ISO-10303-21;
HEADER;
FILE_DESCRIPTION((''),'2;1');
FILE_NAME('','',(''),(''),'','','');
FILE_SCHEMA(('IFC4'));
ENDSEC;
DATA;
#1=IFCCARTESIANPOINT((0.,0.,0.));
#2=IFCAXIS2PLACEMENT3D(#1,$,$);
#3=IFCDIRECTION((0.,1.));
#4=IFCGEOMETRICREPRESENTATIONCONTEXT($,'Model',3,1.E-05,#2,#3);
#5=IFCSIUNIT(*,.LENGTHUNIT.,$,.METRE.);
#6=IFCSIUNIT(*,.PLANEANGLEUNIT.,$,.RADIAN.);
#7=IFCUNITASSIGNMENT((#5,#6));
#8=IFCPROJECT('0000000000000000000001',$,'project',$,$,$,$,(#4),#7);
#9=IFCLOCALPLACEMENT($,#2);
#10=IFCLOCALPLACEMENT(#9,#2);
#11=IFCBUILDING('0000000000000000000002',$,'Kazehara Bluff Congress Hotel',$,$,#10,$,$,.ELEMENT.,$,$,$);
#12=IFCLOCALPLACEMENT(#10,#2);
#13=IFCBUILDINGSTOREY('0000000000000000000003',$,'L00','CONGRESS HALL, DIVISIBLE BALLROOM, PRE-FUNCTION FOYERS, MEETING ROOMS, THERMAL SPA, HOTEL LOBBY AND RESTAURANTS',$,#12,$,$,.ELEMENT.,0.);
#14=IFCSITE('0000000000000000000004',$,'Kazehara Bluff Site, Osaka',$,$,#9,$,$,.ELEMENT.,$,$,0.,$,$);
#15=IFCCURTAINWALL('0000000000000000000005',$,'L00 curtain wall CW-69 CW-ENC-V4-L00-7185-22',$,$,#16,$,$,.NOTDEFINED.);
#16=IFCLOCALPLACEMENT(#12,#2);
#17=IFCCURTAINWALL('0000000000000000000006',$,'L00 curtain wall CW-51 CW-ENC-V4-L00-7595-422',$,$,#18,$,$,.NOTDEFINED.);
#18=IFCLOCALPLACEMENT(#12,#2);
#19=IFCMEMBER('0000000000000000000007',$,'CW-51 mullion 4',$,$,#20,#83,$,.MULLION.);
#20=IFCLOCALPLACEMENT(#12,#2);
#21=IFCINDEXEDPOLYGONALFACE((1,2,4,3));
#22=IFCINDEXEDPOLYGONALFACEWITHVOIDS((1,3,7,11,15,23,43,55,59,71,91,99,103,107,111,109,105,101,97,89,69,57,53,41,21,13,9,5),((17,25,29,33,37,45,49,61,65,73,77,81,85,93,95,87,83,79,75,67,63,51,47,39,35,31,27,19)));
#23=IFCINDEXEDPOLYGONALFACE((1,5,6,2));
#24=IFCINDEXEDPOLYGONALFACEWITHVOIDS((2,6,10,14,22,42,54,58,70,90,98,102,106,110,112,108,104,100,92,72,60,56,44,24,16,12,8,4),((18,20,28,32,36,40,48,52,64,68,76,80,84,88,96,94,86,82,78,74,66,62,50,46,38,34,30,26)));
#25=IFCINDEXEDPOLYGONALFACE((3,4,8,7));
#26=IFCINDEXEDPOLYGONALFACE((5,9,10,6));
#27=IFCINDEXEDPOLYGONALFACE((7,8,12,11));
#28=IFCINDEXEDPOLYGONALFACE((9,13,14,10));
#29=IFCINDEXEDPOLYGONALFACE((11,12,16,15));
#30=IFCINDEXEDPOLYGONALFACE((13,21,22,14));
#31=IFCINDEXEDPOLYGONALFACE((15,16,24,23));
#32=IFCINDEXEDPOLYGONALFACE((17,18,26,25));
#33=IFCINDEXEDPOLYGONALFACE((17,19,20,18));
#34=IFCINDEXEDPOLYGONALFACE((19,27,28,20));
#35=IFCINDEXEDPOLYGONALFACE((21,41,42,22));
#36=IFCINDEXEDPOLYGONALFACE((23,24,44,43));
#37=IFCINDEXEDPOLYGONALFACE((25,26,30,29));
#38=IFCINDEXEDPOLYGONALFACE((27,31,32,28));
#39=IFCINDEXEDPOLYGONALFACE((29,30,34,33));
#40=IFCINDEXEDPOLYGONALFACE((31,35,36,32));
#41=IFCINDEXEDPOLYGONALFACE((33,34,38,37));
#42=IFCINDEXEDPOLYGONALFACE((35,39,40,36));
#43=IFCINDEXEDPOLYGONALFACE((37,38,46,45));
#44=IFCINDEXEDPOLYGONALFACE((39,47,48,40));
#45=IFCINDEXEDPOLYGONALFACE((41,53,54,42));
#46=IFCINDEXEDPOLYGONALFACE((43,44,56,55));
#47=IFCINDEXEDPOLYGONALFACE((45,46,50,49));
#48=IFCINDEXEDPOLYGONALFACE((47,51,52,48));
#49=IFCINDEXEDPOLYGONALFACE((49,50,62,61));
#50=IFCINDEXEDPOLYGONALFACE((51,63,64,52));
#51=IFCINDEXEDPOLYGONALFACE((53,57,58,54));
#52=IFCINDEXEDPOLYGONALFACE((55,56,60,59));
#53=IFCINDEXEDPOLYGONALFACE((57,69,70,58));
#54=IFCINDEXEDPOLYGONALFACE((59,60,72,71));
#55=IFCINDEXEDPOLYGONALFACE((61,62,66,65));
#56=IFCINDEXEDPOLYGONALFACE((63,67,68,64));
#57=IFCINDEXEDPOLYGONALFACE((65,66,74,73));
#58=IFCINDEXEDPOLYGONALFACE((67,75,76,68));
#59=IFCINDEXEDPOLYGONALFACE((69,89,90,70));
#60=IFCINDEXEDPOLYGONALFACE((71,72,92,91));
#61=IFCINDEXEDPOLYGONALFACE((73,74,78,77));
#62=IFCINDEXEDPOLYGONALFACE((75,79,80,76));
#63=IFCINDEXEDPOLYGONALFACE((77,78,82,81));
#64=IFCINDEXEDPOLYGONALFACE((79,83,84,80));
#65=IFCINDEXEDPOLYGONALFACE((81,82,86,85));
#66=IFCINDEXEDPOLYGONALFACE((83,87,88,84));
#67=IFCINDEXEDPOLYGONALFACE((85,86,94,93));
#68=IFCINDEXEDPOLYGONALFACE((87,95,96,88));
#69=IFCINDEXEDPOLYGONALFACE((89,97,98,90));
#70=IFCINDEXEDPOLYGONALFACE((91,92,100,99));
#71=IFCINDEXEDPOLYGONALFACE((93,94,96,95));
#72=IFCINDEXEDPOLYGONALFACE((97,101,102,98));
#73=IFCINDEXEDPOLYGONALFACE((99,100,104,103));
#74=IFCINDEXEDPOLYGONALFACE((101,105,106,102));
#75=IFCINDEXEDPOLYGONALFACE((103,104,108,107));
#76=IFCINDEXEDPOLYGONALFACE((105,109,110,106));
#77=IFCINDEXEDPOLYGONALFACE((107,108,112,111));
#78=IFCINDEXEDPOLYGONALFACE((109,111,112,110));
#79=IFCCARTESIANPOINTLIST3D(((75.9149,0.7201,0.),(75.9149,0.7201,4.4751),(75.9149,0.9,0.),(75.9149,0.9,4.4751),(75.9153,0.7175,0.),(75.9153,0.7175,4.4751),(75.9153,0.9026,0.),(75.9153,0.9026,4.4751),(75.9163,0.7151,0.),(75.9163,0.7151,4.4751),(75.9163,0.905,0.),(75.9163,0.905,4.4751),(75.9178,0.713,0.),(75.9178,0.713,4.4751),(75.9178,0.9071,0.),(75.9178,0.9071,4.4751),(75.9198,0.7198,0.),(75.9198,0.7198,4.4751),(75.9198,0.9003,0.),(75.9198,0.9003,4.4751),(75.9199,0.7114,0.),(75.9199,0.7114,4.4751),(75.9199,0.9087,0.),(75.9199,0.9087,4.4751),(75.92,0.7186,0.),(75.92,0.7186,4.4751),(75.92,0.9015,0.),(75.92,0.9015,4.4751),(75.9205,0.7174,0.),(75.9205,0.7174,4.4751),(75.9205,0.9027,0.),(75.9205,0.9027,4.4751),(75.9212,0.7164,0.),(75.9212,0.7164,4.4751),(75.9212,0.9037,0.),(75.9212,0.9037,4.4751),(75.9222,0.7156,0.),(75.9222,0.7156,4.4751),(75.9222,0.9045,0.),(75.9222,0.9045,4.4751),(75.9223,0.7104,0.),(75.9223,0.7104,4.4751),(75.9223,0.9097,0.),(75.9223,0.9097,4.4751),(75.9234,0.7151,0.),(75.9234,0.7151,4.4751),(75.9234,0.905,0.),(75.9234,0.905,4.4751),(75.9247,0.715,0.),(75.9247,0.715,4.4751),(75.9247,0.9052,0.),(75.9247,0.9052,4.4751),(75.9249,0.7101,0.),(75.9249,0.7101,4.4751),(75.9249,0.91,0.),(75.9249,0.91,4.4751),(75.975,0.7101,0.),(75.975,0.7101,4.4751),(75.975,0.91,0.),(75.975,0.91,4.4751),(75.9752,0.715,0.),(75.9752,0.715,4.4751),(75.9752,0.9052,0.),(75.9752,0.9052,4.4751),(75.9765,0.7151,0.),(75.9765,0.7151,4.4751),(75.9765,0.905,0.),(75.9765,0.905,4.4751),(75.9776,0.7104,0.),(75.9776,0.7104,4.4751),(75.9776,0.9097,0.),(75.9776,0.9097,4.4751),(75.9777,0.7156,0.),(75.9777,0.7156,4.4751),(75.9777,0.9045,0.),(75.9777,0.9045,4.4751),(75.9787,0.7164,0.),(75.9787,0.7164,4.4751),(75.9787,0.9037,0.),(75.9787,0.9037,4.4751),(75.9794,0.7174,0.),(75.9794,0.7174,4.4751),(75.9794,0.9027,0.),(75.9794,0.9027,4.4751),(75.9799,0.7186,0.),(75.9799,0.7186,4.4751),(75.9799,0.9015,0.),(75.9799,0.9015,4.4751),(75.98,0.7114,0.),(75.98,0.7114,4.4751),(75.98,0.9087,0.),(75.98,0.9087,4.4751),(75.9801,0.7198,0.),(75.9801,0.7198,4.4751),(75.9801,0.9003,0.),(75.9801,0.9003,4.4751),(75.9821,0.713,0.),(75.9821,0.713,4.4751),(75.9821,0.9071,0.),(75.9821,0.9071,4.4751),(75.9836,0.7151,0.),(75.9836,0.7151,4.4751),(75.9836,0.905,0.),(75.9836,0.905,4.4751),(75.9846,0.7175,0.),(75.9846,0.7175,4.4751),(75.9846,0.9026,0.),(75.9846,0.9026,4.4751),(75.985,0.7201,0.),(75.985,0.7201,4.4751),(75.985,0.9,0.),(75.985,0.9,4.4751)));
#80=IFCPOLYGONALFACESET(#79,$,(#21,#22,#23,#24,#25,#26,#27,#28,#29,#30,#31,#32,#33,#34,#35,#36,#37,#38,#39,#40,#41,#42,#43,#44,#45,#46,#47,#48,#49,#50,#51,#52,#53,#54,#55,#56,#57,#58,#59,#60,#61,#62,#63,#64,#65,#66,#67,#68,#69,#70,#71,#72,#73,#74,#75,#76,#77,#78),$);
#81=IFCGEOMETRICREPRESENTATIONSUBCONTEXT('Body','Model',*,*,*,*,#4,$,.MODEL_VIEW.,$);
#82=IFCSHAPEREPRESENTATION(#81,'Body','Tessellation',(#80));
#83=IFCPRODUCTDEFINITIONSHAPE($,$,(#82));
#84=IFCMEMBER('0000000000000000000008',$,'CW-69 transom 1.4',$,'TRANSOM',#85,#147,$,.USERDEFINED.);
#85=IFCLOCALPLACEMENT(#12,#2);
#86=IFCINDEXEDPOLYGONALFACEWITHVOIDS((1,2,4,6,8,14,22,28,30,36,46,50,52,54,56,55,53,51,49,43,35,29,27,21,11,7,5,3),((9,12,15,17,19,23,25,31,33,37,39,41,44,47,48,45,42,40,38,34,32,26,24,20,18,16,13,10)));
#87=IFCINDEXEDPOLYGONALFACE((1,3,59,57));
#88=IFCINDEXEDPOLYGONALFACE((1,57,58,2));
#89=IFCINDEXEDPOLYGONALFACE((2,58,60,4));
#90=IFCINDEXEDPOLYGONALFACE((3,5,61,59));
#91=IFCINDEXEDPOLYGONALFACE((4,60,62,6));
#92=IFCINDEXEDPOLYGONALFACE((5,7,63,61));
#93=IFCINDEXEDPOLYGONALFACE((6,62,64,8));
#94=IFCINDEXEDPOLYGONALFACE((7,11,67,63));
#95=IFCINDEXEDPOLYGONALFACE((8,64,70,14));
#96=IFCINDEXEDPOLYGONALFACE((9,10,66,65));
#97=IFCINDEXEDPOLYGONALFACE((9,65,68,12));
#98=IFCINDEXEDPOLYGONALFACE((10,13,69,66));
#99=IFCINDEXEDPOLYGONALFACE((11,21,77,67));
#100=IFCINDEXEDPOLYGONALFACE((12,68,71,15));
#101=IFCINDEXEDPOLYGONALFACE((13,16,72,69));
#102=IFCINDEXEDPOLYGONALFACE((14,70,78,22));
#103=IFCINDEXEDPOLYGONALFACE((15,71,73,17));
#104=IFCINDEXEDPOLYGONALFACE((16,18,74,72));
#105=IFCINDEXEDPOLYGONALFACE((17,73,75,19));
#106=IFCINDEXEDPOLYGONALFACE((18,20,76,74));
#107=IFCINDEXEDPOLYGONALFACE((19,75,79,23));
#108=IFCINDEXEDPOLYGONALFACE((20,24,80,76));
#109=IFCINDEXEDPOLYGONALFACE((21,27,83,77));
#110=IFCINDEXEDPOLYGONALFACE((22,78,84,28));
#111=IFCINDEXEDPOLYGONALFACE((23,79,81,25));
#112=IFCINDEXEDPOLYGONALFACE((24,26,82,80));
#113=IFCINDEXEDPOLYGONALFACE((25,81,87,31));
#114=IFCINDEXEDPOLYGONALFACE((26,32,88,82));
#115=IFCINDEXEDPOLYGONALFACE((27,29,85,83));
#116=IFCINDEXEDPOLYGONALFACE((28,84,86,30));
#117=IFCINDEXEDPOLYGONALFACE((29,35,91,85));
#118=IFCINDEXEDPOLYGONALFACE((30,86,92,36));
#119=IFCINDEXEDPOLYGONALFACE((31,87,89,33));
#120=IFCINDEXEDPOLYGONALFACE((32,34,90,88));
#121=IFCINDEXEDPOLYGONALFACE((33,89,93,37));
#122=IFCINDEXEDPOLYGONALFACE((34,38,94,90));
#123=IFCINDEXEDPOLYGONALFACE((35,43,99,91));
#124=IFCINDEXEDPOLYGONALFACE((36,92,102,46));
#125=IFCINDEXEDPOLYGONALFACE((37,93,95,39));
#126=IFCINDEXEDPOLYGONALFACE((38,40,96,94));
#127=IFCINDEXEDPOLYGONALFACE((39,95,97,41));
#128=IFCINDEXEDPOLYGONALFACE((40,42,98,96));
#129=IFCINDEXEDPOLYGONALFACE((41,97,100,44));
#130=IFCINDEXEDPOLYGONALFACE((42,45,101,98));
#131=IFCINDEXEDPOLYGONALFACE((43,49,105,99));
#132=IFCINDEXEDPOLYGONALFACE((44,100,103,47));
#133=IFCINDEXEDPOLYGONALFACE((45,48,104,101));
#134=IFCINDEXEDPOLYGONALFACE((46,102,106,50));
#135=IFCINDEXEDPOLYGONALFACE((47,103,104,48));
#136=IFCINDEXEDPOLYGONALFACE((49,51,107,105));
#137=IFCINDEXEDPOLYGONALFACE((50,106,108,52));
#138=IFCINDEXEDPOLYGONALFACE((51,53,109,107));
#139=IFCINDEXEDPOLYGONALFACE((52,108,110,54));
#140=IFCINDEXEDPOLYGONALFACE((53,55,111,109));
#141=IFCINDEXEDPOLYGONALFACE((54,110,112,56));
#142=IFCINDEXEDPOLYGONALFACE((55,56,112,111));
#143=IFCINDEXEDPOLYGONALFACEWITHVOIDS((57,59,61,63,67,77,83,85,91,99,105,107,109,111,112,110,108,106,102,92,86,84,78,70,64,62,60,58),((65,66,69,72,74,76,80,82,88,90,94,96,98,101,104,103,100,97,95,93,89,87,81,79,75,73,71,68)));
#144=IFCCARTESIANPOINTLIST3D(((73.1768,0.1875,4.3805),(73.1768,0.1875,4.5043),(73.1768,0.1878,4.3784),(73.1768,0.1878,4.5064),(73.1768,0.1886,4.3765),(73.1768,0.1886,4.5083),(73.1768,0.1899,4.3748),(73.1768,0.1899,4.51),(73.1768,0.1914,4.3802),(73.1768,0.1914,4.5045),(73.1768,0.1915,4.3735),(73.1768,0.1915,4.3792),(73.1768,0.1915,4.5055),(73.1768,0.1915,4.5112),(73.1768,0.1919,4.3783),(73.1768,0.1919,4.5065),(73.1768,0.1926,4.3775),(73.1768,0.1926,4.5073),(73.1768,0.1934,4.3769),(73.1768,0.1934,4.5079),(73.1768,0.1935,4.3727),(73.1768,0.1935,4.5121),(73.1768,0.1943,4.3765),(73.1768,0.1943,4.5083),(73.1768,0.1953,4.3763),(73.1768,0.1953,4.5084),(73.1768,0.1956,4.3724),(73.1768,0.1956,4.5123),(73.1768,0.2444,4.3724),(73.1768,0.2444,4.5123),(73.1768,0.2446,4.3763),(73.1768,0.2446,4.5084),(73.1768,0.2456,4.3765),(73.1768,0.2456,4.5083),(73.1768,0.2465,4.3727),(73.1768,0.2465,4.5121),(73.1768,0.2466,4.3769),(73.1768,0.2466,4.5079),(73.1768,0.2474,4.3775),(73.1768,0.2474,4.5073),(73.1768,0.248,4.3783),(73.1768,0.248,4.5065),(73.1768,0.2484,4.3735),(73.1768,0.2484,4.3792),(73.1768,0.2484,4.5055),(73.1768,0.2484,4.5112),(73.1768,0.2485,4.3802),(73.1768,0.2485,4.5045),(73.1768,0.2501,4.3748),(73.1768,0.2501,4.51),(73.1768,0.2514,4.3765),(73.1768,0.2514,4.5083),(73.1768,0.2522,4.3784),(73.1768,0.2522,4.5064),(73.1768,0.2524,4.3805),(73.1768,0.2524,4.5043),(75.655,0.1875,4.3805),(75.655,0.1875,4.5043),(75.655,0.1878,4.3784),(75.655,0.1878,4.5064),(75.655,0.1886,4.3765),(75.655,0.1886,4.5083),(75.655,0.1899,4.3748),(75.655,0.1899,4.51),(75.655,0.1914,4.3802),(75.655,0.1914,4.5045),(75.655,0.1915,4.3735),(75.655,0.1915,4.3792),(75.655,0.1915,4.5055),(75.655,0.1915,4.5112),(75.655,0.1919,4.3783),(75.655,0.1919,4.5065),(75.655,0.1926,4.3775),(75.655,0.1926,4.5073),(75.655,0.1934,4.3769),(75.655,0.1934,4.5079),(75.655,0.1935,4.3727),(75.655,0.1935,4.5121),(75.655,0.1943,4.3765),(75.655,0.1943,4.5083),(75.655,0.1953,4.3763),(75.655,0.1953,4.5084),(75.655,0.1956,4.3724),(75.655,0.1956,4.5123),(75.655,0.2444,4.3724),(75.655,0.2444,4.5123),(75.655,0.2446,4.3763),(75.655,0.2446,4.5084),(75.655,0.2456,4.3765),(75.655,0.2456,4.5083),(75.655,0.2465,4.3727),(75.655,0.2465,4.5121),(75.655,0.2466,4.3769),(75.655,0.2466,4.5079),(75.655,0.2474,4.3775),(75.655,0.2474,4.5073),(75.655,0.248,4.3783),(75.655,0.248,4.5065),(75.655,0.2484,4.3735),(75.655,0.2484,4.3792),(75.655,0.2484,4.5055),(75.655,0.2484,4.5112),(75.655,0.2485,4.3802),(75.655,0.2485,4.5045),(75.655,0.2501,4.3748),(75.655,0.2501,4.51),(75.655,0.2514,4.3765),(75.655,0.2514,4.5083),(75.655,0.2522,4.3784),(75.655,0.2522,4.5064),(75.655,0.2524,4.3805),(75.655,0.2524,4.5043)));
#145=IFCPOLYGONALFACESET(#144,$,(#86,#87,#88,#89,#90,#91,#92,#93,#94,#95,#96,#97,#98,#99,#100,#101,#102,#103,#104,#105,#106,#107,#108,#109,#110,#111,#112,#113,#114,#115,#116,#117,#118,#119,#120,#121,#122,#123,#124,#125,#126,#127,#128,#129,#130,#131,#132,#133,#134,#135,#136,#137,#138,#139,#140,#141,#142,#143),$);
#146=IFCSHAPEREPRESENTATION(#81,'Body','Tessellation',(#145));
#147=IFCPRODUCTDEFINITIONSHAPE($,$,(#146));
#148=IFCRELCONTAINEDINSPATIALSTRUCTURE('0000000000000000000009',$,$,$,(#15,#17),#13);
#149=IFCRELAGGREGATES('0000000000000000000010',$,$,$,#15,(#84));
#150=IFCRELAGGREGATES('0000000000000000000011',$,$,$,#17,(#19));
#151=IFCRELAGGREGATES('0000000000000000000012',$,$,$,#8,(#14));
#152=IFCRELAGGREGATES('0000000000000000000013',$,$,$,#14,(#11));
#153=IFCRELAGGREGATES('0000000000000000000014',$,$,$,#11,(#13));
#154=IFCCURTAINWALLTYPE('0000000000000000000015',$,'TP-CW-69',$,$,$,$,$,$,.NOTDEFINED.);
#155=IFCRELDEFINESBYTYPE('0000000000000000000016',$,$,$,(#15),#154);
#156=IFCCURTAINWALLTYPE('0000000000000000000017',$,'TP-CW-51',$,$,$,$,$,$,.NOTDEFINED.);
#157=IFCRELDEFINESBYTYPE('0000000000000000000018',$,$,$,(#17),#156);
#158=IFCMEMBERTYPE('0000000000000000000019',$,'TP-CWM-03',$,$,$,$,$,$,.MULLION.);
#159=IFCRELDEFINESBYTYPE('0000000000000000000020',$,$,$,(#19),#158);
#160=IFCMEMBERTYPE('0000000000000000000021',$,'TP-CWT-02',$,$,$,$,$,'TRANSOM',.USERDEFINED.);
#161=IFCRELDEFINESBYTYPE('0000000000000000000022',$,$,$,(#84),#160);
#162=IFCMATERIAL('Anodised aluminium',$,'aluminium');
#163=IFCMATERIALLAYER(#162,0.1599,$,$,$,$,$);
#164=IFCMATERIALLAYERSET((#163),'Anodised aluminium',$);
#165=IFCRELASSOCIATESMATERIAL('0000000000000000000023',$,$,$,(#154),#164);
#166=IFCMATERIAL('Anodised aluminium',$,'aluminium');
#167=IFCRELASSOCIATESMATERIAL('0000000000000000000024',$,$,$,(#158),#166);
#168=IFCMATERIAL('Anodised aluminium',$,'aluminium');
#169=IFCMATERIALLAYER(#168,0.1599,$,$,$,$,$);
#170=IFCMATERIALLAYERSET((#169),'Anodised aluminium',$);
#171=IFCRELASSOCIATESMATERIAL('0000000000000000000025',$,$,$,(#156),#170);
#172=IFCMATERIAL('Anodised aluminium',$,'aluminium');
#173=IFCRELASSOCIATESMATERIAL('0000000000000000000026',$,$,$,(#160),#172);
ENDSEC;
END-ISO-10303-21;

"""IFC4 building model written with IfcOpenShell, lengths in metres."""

from ifc_helpers import new_model, si_unit, direction, frame, origin, origin_2d, place, context, subcontext, project, spatial, hollow_rectangle, extrude, material, layer, layer_set, material_profile, profile_set, type_object, element, aggregate, save


model = new_model("IFC4")

# Units and contexts
model_context = context("Model", 3, precision=1e-05, world=origin(), true_north=direction((0.0, 1.0)))
body_context = subcontext(model_context, "Body", "Model", "MODEL_VIEW")
ifc_project = project(units=[si_unit("LENGTHUNIT", "METRE"), si_unit("PLANEANGLEUNIT", "RADIAN")], contexts=[model_context])

# Site, building, storey
site_placement = place(None, origin())
site = spatial("IfcSite", under=ifc_project, at=site_placement, Name="Kazehara Bluff Site, Osaka", CompositionType="ELEMENT", RefElevation=0.0)
building_placement = place(site_placement, origin())
building = spatial("IfcBuilding", under=site, at=building_placement, Name="Kazehara Bluff Congress Hotel", CompositionType="ELEMENT")
storey_placement = place(building_placement, origin())
storey = spatial("IfcBuildingStorey", under=building, at=storey_placement, Name="L00", Description="CONGRESS HALL, DIVISIBLE BALLROOM, PRE-FUNCTION FOYERS, MEETING ROOMS, THERMAL SPA, HOTEL LOBBY AND RESTAURANTS", CompositionType="ELEMENT", Elevation=0.0)

# Curtain wall
ifc_material_1 = material(Name="Anodised aluminium", Category="aluminium")
ifc_layer_1 = layer(ifc_material_1, 0.1599)
ifc_layer_set_1 = layer_set([ifc_layer_1], Name="Anodised aluminium")
curtain_wall_type_1 = type_object("IfcCurtainWallType", Name="TP-CW-69", PredefinedType="NOTDEFINED", material=ifc_layer_set_1)
curtain_wall_1_placement = place(storey_placement, origin())
curtain_wall_1 = element("IfcCurtainWall", 1, at=curtain_wall_1_placement, inside=storey, type_object=curtain_wall_type_1, Name="L00 curtain wall CW-69 CW-ENC-V4-L00-7185-22", PredefinedType="NOTDEFINED")
ifc_material_2 = material(Name="Anodised aluminium", Category="aluminium")
ifc_material_profile_1 = material_profile(ifc_material_2, hollow_rectangle(XDim=0.0701, YDim=0.2, WallThickness=0.0049, InnerFilletRadius=0.0049, OuterFilletRadius=0.01, at=origin_2d()))
ifc_profile_set_1 = profile_set([ifc_material_profile_1], Name="Anodised aluminium")
member_type_1 = type_object("IfcMemberType", Name="TP-CWM-03", PredefinedType="MULLION", material=ifc_profile_set_1)

# Curtain wall, member
ifc_material_3 = material(Name="Anodised aluminium", Category="aluminium")
ifc_layer_2 = layer(ifc_material_3, 0.1599)
ifc_layer_set_2 = layer_set([ifc_layer_2], Name="Anodised aluminium")
curtain_wall_type_2 = type_object("IfcCurtainWallType", Name="TP-CW-51", PredefinedType="NOTDEFINED", material=ifc_layer_set_2)
curtain_wall_2_placement = place(storey_placement, origin())
curtain_wall_2 = element("IfcCurtainWall", 2, at=curtain_wall_2_placement, inside=storey, type_object=curtain_wall_type_2, Name="L00 curtain wall CW-51 CW-ENC-V4-L00-7595-422", PredefinedType="NOTDEFINED")
member_1_placement = place(storey_placement, frame((75.95, 0.8101, 0.0), z_axis=(0.0, 0.0, 1.0), x_axis=(1.0, 0.0, 0.0)))
member_1 = element("IfcMember", 3, at=member_1_placement, type_object=member_type_1, Name="CW-51 mullion 4", PredefinedType="MULLION", context=body_context, shape_type="SweptSolid", body=[
    extrude(hollow_rectangle(XDim=0.0701, YDim=0.2, WallThickness=0.0049, InnerFilletRadius=0.0049, OuterFilletRadius=0.01, at=origin_2d()), origin(), (0.0, 0.0, 1.0), 4.4751),
])

# Member
ifc_material_4 = material(Name="Anodised aluminium", Category="aluminium")
ifc_material_profile_2 = material_profile(ifc_material_4, hollow_rectangle(XDim=0.0649, YDim=0.1399, WallThickness=0.0039, InnerFilletRadius=0.0039, OuterFilletRadius=0.0081, at=origin_2d()))
ifc_profile_set_2 = profile_set([ifc_material_profile_2], Name="Anodised aluminium")
member_type_2 = type_object("IfcMemberType", Name="TP-CWT-02", ElementType="TRANSOM", PredefinedType="USERDEFINED", material=ifc_profile_set_2)
member_2_placement = place(storey_placement, frame((75.655, 0.22, 4.4424), z_axis=(-1.0, 0.0, 0.0), x_axis=(0.0, -1.0, 0.0)))
member_2 = element("IfcMember", 4, at=member_2_placement, type_object=member_type_2, Name="CW-69 transom 1.4", ObjectType="TRANSOM", PredefinedType="USERDEFINED", context=body_context, shape_type="SweptSolid", body=[
    extrude(hollow_rectangle(XDim=0.0649, YDim=0.1399, WallThickness=0.0039, InnerFilletRadius=0.0039, OuterFilletRadius=0.0081, at=origin_2d()), origin(), (0.0, 0.0, 1.0), 2.4783),
])
aggregate(curtain_wall_1, [member_2])

aggregate(curtain_wall_2, [member_1])

save(model, "model.ifc")
